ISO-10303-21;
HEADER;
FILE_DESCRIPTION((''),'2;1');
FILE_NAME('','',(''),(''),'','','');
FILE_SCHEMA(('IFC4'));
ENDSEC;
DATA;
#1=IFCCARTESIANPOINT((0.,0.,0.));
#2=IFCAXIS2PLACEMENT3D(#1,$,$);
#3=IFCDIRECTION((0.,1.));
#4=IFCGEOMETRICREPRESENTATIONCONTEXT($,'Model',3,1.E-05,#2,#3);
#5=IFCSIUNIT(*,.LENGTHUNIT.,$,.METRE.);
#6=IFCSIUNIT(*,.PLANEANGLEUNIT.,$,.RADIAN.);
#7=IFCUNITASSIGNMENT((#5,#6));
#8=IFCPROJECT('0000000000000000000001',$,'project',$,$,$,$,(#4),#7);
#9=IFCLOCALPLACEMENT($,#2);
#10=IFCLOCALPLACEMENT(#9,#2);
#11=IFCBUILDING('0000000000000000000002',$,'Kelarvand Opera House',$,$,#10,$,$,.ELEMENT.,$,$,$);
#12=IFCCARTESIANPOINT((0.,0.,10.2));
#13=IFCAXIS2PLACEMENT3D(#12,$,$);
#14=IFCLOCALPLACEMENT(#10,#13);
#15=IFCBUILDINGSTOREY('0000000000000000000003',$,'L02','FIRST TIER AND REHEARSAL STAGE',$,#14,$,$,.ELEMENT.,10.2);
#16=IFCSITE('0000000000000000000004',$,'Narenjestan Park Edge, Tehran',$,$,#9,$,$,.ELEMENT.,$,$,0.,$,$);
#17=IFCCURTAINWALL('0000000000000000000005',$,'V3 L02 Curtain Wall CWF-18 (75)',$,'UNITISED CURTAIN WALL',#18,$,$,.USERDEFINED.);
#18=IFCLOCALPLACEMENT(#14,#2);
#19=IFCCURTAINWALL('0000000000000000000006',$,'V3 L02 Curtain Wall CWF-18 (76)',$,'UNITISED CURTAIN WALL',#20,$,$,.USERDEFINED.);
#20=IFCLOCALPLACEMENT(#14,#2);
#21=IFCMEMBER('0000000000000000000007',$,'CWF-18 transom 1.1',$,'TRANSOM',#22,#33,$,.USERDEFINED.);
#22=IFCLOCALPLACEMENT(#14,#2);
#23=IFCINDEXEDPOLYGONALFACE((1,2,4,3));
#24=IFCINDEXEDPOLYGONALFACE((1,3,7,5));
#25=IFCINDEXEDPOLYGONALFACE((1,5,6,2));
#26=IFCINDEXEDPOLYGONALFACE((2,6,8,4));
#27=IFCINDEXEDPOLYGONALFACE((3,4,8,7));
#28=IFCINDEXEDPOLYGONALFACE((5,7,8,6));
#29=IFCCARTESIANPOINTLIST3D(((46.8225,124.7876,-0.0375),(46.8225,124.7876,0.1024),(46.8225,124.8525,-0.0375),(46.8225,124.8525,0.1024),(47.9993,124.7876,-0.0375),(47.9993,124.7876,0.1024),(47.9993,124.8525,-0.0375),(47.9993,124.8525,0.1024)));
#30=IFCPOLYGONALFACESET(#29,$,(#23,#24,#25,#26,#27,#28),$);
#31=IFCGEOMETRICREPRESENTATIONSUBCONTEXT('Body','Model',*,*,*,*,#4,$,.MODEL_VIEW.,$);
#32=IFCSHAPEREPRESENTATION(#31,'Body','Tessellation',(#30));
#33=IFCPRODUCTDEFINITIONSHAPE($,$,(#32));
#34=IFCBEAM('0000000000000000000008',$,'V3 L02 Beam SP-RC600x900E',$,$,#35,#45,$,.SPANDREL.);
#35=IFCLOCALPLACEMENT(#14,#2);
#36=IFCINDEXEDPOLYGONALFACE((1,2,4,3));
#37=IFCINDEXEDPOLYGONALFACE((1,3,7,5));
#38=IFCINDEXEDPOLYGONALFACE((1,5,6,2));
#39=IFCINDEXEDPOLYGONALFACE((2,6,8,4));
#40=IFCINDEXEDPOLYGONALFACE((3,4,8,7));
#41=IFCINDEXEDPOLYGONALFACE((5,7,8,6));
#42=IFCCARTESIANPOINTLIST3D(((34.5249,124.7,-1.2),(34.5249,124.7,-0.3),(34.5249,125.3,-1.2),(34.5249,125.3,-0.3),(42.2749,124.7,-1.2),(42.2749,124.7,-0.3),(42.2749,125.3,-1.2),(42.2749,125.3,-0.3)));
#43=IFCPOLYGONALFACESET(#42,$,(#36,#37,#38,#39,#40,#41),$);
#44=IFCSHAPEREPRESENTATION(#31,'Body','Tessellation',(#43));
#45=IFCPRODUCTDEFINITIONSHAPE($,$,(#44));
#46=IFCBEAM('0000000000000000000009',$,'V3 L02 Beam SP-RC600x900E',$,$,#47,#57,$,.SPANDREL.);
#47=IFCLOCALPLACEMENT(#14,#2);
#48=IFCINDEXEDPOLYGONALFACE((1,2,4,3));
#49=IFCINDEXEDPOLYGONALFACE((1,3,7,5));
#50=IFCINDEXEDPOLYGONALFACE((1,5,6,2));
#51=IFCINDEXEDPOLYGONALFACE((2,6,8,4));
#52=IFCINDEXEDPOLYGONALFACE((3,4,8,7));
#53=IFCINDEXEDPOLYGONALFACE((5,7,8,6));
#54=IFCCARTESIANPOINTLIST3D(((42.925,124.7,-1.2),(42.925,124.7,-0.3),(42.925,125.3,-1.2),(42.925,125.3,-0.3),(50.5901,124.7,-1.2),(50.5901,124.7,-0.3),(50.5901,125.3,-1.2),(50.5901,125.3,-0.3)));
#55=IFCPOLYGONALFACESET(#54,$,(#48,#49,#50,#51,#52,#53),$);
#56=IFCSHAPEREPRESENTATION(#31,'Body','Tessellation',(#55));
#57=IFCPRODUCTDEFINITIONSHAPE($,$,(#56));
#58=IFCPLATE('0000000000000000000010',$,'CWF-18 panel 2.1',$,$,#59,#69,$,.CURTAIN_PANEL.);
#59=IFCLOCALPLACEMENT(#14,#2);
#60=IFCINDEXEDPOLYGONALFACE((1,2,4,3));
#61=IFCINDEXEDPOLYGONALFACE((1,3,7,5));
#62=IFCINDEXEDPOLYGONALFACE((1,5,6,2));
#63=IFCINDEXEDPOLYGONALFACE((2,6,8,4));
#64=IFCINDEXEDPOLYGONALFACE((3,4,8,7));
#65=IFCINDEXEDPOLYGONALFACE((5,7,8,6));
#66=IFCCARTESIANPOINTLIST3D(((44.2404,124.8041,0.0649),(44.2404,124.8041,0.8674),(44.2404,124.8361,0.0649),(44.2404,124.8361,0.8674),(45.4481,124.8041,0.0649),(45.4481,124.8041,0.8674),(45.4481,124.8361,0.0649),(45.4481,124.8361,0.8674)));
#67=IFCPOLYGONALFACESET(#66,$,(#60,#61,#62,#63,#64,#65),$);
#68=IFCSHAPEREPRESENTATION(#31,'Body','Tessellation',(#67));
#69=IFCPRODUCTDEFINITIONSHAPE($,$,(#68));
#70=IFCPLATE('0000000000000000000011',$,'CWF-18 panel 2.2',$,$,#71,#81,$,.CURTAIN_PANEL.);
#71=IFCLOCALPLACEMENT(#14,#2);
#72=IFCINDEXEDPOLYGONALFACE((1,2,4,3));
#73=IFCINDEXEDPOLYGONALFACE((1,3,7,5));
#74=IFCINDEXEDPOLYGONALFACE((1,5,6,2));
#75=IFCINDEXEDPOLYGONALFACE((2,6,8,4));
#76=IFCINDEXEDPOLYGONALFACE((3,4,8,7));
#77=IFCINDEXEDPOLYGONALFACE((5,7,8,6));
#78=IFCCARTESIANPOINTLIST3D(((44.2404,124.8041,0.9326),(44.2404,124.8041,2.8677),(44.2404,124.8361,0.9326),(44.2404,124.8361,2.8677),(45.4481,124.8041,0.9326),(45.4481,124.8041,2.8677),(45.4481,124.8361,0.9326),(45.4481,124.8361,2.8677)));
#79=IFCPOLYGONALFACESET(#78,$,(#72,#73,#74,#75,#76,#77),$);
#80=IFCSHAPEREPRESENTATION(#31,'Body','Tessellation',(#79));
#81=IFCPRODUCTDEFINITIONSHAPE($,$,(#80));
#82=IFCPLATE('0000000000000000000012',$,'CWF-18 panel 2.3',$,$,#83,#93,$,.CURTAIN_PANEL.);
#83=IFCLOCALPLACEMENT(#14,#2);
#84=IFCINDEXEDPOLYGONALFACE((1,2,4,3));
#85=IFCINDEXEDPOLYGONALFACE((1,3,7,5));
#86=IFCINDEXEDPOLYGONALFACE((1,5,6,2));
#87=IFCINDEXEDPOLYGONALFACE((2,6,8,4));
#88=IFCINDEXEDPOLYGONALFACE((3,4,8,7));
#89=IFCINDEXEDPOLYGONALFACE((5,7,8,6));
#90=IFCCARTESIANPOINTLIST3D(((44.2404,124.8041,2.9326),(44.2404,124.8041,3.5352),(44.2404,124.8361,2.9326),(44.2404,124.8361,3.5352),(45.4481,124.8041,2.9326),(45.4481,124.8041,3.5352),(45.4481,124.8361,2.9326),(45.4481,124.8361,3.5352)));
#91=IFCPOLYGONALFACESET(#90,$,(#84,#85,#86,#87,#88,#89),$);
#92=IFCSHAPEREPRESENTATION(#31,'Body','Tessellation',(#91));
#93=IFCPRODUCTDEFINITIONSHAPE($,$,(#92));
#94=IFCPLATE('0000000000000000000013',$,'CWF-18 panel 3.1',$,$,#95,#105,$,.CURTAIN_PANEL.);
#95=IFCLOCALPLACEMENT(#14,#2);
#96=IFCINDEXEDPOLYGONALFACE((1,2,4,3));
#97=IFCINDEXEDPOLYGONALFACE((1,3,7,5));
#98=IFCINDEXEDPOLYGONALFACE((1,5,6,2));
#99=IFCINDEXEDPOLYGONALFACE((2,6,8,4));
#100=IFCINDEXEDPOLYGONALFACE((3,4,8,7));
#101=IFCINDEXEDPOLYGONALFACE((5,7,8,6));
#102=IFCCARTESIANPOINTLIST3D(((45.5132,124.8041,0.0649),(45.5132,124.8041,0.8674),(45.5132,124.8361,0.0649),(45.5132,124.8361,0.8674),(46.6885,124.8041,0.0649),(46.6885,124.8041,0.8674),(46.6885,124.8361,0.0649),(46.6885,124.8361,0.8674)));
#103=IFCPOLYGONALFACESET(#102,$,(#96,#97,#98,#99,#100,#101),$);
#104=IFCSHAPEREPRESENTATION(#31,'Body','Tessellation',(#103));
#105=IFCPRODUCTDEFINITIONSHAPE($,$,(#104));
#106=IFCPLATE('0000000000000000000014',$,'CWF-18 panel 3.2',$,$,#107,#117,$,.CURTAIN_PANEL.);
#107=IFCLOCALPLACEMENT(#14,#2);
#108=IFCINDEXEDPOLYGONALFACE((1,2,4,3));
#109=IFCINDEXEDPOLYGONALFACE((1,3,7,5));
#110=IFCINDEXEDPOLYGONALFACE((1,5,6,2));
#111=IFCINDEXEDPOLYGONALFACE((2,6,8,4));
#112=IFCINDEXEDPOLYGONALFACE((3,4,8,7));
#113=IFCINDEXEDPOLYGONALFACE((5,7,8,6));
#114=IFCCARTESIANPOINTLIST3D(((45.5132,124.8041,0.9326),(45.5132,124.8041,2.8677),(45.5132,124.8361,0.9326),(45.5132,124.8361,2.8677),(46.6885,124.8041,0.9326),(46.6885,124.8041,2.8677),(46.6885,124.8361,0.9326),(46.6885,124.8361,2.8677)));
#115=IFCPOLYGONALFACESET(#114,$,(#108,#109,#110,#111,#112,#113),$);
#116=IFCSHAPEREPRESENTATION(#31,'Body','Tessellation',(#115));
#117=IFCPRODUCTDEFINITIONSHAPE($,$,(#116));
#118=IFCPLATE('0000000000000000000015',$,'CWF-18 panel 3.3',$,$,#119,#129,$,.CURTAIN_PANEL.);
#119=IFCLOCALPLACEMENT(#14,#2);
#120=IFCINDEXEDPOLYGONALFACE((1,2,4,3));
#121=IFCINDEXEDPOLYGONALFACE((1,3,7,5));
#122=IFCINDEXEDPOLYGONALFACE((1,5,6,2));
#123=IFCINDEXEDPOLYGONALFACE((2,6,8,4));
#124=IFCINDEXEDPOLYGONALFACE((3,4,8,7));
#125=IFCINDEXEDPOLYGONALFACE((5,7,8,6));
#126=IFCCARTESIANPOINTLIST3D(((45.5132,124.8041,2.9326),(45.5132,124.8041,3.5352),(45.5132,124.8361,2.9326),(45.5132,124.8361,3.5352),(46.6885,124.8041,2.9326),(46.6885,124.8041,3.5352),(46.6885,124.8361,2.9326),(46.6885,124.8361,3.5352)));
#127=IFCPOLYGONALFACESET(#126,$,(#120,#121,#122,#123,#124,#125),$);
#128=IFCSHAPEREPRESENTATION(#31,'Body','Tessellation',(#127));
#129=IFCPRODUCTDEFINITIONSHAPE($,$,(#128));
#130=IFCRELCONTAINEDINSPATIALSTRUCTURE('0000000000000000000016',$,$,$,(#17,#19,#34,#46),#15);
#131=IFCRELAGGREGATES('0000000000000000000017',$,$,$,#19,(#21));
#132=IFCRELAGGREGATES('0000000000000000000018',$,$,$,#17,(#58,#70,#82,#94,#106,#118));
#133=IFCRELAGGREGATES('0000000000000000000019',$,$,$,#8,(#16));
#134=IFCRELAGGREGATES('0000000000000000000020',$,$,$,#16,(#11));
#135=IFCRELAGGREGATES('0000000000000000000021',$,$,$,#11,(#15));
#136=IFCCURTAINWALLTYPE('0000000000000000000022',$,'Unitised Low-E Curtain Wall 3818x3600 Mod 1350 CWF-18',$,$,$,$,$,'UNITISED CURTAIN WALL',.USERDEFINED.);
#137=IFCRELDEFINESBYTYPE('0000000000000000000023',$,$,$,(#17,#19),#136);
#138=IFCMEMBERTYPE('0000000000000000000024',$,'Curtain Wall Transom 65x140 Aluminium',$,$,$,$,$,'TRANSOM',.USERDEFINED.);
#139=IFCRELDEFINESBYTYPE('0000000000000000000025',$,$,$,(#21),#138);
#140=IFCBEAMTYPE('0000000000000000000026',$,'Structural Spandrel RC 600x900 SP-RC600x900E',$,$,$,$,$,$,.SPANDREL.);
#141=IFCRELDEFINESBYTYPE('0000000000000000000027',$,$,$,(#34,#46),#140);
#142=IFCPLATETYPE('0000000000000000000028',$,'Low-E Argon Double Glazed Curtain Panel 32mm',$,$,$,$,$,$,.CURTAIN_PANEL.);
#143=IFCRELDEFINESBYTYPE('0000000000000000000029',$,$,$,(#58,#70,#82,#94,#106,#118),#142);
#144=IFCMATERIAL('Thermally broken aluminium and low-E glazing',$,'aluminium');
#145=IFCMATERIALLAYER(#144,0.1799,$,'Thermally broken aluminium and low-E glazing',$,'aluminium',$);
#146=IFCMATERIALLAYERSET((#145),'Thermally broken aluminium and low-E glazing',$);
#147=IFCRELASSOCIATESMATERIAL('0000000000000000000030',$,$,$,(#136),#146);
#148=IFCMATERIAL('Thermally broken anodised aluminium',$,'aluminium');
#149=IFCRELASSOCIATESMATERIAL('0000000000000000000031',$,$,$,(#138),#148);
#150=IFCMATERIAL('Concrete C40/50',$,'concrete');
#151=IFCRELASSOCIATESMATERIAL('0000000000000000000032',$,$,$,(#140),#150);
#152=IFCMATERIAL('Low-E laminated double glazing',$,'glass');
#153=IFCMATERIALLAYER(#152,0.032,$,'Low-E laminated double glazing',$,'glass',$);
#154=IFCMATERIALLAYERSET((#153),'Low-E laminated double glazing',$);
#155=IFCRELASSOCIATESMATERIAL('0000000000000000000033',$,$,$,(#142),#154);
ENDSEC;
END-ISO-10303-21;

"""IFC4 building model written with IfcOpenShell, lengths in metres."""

from ifc_helpers import new_model, si_unit, direction, frame, origin, origin_2d, place, context, subcontext, project, spatial, rectangle, extrude, material, layer, layer_set, material_profile, profile_set, type_object, element, aggregate, save


model = new_model("IFC4")

# Units and contexts
model_context = context("Model", 3, precision=1e-05, world=origin(), true_north=direction((0.0, 1.0)))
body_context = subcontext(model_context, "Body", "Model", "MODEL_VIEW")
ifc_project = project(units=[si_unit("LENGTHUNIT", "METRE"), si_unit("PLANEANGLEUNIT", "RADIAN")], contexts=[model_context])

# Site, building, storey
site_placement = place(None, origin())
site = spatial("IfcSite", under=ifc_project, at=site_placement, Name="Narenjestan Park Edge, Tehran", CompositionType="ELEMENT", RefElevation=0.0)
building_placement = place(site_placement, origin())
building = spatial("IfcBuilding", under=site, at=building_placement, Name="Kelarvand Opera House", CompositionType="ELEMENT")
storey_placement = place(building_placement, frame((0.0, 0.0, 10.2)))
storey = spatial("IfcBuildingStorey", under=building, at=storey_placement, Name="L02", Description="FIRST TIER AND REHEARSAL STAGE", CompositionType="ELEMENT", Elevation=10.2)

# Shared definitions
ifc_material_1 = material(Name="Concrete C40/50", Category="concrete")

# Curtain wall
ifc_material_2 = material(Name="Thermally broken aluminium and low-E glazing", Category="aluminium")
ifc_layer_1 = layer(ifc_material_2, 0.1799, Name="Thermally broken aluminium and low-E glazing", Category="aluminium")
ifc_layer_set_1 = layer_set([ifc_layer_1], Name="Thermally broken aluminium and low-E glazing")
curtain_wall_type = type_object("IfcCurtainWallType", Name="Unitised Low-E Curtain Wall 3818x3600 Mod 1350 CWF-18", ElementType="UNITISED CURTAIN WALL", PredefinedType="USERDEFINED", material=ifc_layer_set_1)
curtain_wall_1_placement = place(storey_placement, origin())
curtain_wall_1 = element("IfcCurtainWall", 1, at=curtain_wall_1_placement, inside=storey, type_object=curtain_wall_type, Name="V3 L02 Curtain Wall CWF-18 (75)", ObjectType="UNITISED CURTAIN WALL", PredefinedType="USERDEFINED")
ifc_material_3 = material(Name="Thermally broken anodised aluminium", Category="aluminium")

# Curtain wall
curtain_wall_2_placement = place(storey_placement, origin())
curtain_wall_2 = element("IfcCurtainWall", 2, at=curtain_wall_2_placement, inside=storey, type_object=curtain_wall_type, Name="V3 L02 Curtain Wall CWF-18 (76)", ObjectType="UNITISED CURTAIN WALL", PredefinedType="USERDEFINED")

# Member
ifc_material_profile_1 = material_profile(ifc_material_3, rectangle(XDim=0.0649, YDim=0.1399, at=origin_2d()), Name="ALU TRANSOM 65x140", Category="aluminium")
ifc_profile_set_1 = profile_set([ifc_material_profile_1], Name="Thermally broken anodised aluminium")
member_type_1 = type_object("IfcMemberType", Name="Curtain Wall Transom 65x140 Aluminium", ElementType="TRANSOM", PredefinedType="USERDEFINED", material=ifc_profile_set_1)
member_1_placement = place(storey_placement, frame((46.8225, 124.8201, 0.0325), z_axis=(1.0, 0.0, 0.0), x_axis=(0.0, 1.0, 0.0)))
member_1 = element("IfcMember", 3, at=member_1_placement, type_object=member_type_1, Name="CWF-18 transom 1.1", ObjectType="TRANSOM", PredefinedType="USERDEFINED", context=body_context, shape_type="SweptSolid", body=[
    extrude(rectangle(XDim=0.0649, YDim=0.1399, at=origin_2d()), origin(), (0.0, 0.0, 1.0), 1.1768),
])
aggregate(curtain_wall_2, [member_1])

# Beams
ifc_material_profile_2 = material_profile(ifc_material_1, rectangle(XDim=0.6001, YDim=0.8999, at=origin_2d()), Name="RC 600x900", Category="concrete")
ifc_profile_set_2 = profile_set([ifc_material_profile_2], Name="Concrete C40/50")
beam_type = type_object("IfcBeamType", Name="Structural Spandrel RC 600x900 SP-RC600x900E", PredefinedType="SPANDREL", material=ifc_profile_set_2)
beam_1_placement = place(storey_placement, frame((34.5249, 125.0, -0.75), z_axis=(1.0, 0.0, 0.0), x_axis=(0.0, 1.0, 0.0)))
element("IfcBeam", 4, at=beam_1_placement, inside=storey, type_object=beam_type, Name="V3 L02 Beam SP-RC600x900E", PredefinedType="SPANDREL", context=body_context, shape_type="SweptSolid", body=[
    extrude(rectangle(XDim=0.6001, YDim=0.8999, at=origin_2d()), origin(), (0.0, 0.0, 1.0), 7.75),
])
beam_2_placement = place(storey_placement, frame((42.925, 125.0, -0.75), z_axis=(1.0, 0.0, 0.0), x_axis=(0.0, 1.0, 0.0)))
element("IfcBeam", 5, at=beam_2_placement, inside=storey, type_object=beam_type, Name="V3 L02 Beam SP-RC600x900E", PredefinedType="SPANDREL", context=body_context, shape_type="SweptSolid", body=[
    extrude(rectangle(XDim=0.6001, YDim=0.8999, at=origin_2d()), origin(), (0.0, 0.0, 1.0), 7.665),
])

# Plates
ifc_material_4 = material(Name="Low-E laminated double glazing", Category="glass")
ifc_layer_2 = layer(ifc_material_4, 0.032, Name="Low-E laminated double glazing", Category="glass")
ifc_layer_set_2 = layer_set([ifc_layer_2], Name="Low-E laminated double glazing")
plate_type = type_object("IfcPlateType", Name="Low-E Argon Double Glazed Curtain Panel 32mm", PredefinedType="CURTAIN_PANEL", material=ifc_layer_set_2)
plate_1_placement = place(storey_placement, frame((44.8442, 124.8201, 0.0649), z_axis=(0.0, 0.0, 1.0), x_axis=(1.0, 0.0, 0.0)))
plate_1 = element("IfcPlate", 6, at=plate_1_placement, type_object=plate_type, Name="CWF-18 panel 2.1", PredefinedType="CURTAIN_PANEL", context=body_context, shape_type="SweptSolid", body=[
    extrude(rectangle(XDim=1.2078, YDim=0.032, at=origin_2d()), origin(), (0.0, 0.0, 1.0), 0.8025),
])
plate_2_placement = place(storey_placement, frame((44.8442, 124.8201, 0.9326), z_axis=(0.0, 0.0, 1.0), x_axis=(1.0, 0.0, 0.0)))
plate_2 = element("IfcPlate", 7, at=plate_2_placement, type_object=plate_type, Name="CWF-18 panel 2.2", PredefinedType="CURTAIN_PANEL", context=body_context, shape_type="SweptSolid", body=[
    extrude(rectangle(XDim=1.2078, YDim=0.032, at=origin_2d()), origin(), (0.0, 0.0, 1.0), 1.9351),
])
plate_3_placement = place(storey_placement, frame((44.8442, 124.8201, 2.9326), z_axis=(0.0, 0.0, 1.0), x_axis=(1.0, 0.0, 0.0)))
plate_3 = element("IfcPlate", 8, at=plate_3_placement, type_object=plate_type, Name="CWF-18 panel 2.3", PredefinedType="CURTAIN_PANEL", context=body_context, shape_type="SweptSolid", body=[
    extrude(rectangle(XDim=1.2078, YDim=0.032, at=origin_2d()), origin(), (0.0, 0.0, 1.0), 0.6025),
])
plate_4_placement = place(storey_placement, frame((46.1008, 124.8201, 0.0649), z_axis=(0.0, 0.0, 1.0), x_axis=(1.0, 0.0, 0.0)))
plate_4 = element("IfcPlate", 9, at=plate_4_placement, type_object=plate_type, Name="CWF-18 panel 3.1", PredefinedType="CURTAIN_PANEL", context=body_context, shape_type="SweptSolid", body=[
    extrude(rectangle(XDim=1.1753, YDim=0.032, at=origin_2d()), origin(), (0.0, 0.0, 1.0), 0.8025),
])
plate_5_placement = place(storey_placement, frame((46.1008, 124.8201, 0.9326), z_axis=(0.0, 0.0, 1.0), x_axis=(1.0, 0.0, 0.0)))
plate_5 = element("IfcPlate", 10, at=plate_5_placement, type_object=plate_type, Name="CWF-18 panel 3.2", PredefinedType="CURTAIN_PANEL", context=body_context, shape_type="SweptSolid", body=[
    extrude(rectangle(XDim=1.1753, YDim=0.032, at=origin_2d()), origin(), (0.0, 0.0, 1.0), 1.9351),
])
plate_6_placement = place(storey_placement, frame((46.1008, 124.8201, 2.9326), z_axis=(0.0, 0.0, 1.0), x_axis=(1.0, 0.0, 0.0)))
plate_6 = element("IfcPlate", 11, at=plate_6_placement, type_object=plate_type, Name="CWF-18 panel 3.3", PredefinedType="CURTAIN_PANEL", context=body_context, shape_type="SweptSolid", body=[
    extrude(rectangle(XDim=1.1753, YDim=0.032, at=origin_2d()), origin(), (0.0, 0.0, 1.0), 0.6025),
])
aggregate(curtain_wall_1, [plate_1, plate_2, plate_3, plate_4, plate_5, plate_6])

save(model, "model.ifc")
